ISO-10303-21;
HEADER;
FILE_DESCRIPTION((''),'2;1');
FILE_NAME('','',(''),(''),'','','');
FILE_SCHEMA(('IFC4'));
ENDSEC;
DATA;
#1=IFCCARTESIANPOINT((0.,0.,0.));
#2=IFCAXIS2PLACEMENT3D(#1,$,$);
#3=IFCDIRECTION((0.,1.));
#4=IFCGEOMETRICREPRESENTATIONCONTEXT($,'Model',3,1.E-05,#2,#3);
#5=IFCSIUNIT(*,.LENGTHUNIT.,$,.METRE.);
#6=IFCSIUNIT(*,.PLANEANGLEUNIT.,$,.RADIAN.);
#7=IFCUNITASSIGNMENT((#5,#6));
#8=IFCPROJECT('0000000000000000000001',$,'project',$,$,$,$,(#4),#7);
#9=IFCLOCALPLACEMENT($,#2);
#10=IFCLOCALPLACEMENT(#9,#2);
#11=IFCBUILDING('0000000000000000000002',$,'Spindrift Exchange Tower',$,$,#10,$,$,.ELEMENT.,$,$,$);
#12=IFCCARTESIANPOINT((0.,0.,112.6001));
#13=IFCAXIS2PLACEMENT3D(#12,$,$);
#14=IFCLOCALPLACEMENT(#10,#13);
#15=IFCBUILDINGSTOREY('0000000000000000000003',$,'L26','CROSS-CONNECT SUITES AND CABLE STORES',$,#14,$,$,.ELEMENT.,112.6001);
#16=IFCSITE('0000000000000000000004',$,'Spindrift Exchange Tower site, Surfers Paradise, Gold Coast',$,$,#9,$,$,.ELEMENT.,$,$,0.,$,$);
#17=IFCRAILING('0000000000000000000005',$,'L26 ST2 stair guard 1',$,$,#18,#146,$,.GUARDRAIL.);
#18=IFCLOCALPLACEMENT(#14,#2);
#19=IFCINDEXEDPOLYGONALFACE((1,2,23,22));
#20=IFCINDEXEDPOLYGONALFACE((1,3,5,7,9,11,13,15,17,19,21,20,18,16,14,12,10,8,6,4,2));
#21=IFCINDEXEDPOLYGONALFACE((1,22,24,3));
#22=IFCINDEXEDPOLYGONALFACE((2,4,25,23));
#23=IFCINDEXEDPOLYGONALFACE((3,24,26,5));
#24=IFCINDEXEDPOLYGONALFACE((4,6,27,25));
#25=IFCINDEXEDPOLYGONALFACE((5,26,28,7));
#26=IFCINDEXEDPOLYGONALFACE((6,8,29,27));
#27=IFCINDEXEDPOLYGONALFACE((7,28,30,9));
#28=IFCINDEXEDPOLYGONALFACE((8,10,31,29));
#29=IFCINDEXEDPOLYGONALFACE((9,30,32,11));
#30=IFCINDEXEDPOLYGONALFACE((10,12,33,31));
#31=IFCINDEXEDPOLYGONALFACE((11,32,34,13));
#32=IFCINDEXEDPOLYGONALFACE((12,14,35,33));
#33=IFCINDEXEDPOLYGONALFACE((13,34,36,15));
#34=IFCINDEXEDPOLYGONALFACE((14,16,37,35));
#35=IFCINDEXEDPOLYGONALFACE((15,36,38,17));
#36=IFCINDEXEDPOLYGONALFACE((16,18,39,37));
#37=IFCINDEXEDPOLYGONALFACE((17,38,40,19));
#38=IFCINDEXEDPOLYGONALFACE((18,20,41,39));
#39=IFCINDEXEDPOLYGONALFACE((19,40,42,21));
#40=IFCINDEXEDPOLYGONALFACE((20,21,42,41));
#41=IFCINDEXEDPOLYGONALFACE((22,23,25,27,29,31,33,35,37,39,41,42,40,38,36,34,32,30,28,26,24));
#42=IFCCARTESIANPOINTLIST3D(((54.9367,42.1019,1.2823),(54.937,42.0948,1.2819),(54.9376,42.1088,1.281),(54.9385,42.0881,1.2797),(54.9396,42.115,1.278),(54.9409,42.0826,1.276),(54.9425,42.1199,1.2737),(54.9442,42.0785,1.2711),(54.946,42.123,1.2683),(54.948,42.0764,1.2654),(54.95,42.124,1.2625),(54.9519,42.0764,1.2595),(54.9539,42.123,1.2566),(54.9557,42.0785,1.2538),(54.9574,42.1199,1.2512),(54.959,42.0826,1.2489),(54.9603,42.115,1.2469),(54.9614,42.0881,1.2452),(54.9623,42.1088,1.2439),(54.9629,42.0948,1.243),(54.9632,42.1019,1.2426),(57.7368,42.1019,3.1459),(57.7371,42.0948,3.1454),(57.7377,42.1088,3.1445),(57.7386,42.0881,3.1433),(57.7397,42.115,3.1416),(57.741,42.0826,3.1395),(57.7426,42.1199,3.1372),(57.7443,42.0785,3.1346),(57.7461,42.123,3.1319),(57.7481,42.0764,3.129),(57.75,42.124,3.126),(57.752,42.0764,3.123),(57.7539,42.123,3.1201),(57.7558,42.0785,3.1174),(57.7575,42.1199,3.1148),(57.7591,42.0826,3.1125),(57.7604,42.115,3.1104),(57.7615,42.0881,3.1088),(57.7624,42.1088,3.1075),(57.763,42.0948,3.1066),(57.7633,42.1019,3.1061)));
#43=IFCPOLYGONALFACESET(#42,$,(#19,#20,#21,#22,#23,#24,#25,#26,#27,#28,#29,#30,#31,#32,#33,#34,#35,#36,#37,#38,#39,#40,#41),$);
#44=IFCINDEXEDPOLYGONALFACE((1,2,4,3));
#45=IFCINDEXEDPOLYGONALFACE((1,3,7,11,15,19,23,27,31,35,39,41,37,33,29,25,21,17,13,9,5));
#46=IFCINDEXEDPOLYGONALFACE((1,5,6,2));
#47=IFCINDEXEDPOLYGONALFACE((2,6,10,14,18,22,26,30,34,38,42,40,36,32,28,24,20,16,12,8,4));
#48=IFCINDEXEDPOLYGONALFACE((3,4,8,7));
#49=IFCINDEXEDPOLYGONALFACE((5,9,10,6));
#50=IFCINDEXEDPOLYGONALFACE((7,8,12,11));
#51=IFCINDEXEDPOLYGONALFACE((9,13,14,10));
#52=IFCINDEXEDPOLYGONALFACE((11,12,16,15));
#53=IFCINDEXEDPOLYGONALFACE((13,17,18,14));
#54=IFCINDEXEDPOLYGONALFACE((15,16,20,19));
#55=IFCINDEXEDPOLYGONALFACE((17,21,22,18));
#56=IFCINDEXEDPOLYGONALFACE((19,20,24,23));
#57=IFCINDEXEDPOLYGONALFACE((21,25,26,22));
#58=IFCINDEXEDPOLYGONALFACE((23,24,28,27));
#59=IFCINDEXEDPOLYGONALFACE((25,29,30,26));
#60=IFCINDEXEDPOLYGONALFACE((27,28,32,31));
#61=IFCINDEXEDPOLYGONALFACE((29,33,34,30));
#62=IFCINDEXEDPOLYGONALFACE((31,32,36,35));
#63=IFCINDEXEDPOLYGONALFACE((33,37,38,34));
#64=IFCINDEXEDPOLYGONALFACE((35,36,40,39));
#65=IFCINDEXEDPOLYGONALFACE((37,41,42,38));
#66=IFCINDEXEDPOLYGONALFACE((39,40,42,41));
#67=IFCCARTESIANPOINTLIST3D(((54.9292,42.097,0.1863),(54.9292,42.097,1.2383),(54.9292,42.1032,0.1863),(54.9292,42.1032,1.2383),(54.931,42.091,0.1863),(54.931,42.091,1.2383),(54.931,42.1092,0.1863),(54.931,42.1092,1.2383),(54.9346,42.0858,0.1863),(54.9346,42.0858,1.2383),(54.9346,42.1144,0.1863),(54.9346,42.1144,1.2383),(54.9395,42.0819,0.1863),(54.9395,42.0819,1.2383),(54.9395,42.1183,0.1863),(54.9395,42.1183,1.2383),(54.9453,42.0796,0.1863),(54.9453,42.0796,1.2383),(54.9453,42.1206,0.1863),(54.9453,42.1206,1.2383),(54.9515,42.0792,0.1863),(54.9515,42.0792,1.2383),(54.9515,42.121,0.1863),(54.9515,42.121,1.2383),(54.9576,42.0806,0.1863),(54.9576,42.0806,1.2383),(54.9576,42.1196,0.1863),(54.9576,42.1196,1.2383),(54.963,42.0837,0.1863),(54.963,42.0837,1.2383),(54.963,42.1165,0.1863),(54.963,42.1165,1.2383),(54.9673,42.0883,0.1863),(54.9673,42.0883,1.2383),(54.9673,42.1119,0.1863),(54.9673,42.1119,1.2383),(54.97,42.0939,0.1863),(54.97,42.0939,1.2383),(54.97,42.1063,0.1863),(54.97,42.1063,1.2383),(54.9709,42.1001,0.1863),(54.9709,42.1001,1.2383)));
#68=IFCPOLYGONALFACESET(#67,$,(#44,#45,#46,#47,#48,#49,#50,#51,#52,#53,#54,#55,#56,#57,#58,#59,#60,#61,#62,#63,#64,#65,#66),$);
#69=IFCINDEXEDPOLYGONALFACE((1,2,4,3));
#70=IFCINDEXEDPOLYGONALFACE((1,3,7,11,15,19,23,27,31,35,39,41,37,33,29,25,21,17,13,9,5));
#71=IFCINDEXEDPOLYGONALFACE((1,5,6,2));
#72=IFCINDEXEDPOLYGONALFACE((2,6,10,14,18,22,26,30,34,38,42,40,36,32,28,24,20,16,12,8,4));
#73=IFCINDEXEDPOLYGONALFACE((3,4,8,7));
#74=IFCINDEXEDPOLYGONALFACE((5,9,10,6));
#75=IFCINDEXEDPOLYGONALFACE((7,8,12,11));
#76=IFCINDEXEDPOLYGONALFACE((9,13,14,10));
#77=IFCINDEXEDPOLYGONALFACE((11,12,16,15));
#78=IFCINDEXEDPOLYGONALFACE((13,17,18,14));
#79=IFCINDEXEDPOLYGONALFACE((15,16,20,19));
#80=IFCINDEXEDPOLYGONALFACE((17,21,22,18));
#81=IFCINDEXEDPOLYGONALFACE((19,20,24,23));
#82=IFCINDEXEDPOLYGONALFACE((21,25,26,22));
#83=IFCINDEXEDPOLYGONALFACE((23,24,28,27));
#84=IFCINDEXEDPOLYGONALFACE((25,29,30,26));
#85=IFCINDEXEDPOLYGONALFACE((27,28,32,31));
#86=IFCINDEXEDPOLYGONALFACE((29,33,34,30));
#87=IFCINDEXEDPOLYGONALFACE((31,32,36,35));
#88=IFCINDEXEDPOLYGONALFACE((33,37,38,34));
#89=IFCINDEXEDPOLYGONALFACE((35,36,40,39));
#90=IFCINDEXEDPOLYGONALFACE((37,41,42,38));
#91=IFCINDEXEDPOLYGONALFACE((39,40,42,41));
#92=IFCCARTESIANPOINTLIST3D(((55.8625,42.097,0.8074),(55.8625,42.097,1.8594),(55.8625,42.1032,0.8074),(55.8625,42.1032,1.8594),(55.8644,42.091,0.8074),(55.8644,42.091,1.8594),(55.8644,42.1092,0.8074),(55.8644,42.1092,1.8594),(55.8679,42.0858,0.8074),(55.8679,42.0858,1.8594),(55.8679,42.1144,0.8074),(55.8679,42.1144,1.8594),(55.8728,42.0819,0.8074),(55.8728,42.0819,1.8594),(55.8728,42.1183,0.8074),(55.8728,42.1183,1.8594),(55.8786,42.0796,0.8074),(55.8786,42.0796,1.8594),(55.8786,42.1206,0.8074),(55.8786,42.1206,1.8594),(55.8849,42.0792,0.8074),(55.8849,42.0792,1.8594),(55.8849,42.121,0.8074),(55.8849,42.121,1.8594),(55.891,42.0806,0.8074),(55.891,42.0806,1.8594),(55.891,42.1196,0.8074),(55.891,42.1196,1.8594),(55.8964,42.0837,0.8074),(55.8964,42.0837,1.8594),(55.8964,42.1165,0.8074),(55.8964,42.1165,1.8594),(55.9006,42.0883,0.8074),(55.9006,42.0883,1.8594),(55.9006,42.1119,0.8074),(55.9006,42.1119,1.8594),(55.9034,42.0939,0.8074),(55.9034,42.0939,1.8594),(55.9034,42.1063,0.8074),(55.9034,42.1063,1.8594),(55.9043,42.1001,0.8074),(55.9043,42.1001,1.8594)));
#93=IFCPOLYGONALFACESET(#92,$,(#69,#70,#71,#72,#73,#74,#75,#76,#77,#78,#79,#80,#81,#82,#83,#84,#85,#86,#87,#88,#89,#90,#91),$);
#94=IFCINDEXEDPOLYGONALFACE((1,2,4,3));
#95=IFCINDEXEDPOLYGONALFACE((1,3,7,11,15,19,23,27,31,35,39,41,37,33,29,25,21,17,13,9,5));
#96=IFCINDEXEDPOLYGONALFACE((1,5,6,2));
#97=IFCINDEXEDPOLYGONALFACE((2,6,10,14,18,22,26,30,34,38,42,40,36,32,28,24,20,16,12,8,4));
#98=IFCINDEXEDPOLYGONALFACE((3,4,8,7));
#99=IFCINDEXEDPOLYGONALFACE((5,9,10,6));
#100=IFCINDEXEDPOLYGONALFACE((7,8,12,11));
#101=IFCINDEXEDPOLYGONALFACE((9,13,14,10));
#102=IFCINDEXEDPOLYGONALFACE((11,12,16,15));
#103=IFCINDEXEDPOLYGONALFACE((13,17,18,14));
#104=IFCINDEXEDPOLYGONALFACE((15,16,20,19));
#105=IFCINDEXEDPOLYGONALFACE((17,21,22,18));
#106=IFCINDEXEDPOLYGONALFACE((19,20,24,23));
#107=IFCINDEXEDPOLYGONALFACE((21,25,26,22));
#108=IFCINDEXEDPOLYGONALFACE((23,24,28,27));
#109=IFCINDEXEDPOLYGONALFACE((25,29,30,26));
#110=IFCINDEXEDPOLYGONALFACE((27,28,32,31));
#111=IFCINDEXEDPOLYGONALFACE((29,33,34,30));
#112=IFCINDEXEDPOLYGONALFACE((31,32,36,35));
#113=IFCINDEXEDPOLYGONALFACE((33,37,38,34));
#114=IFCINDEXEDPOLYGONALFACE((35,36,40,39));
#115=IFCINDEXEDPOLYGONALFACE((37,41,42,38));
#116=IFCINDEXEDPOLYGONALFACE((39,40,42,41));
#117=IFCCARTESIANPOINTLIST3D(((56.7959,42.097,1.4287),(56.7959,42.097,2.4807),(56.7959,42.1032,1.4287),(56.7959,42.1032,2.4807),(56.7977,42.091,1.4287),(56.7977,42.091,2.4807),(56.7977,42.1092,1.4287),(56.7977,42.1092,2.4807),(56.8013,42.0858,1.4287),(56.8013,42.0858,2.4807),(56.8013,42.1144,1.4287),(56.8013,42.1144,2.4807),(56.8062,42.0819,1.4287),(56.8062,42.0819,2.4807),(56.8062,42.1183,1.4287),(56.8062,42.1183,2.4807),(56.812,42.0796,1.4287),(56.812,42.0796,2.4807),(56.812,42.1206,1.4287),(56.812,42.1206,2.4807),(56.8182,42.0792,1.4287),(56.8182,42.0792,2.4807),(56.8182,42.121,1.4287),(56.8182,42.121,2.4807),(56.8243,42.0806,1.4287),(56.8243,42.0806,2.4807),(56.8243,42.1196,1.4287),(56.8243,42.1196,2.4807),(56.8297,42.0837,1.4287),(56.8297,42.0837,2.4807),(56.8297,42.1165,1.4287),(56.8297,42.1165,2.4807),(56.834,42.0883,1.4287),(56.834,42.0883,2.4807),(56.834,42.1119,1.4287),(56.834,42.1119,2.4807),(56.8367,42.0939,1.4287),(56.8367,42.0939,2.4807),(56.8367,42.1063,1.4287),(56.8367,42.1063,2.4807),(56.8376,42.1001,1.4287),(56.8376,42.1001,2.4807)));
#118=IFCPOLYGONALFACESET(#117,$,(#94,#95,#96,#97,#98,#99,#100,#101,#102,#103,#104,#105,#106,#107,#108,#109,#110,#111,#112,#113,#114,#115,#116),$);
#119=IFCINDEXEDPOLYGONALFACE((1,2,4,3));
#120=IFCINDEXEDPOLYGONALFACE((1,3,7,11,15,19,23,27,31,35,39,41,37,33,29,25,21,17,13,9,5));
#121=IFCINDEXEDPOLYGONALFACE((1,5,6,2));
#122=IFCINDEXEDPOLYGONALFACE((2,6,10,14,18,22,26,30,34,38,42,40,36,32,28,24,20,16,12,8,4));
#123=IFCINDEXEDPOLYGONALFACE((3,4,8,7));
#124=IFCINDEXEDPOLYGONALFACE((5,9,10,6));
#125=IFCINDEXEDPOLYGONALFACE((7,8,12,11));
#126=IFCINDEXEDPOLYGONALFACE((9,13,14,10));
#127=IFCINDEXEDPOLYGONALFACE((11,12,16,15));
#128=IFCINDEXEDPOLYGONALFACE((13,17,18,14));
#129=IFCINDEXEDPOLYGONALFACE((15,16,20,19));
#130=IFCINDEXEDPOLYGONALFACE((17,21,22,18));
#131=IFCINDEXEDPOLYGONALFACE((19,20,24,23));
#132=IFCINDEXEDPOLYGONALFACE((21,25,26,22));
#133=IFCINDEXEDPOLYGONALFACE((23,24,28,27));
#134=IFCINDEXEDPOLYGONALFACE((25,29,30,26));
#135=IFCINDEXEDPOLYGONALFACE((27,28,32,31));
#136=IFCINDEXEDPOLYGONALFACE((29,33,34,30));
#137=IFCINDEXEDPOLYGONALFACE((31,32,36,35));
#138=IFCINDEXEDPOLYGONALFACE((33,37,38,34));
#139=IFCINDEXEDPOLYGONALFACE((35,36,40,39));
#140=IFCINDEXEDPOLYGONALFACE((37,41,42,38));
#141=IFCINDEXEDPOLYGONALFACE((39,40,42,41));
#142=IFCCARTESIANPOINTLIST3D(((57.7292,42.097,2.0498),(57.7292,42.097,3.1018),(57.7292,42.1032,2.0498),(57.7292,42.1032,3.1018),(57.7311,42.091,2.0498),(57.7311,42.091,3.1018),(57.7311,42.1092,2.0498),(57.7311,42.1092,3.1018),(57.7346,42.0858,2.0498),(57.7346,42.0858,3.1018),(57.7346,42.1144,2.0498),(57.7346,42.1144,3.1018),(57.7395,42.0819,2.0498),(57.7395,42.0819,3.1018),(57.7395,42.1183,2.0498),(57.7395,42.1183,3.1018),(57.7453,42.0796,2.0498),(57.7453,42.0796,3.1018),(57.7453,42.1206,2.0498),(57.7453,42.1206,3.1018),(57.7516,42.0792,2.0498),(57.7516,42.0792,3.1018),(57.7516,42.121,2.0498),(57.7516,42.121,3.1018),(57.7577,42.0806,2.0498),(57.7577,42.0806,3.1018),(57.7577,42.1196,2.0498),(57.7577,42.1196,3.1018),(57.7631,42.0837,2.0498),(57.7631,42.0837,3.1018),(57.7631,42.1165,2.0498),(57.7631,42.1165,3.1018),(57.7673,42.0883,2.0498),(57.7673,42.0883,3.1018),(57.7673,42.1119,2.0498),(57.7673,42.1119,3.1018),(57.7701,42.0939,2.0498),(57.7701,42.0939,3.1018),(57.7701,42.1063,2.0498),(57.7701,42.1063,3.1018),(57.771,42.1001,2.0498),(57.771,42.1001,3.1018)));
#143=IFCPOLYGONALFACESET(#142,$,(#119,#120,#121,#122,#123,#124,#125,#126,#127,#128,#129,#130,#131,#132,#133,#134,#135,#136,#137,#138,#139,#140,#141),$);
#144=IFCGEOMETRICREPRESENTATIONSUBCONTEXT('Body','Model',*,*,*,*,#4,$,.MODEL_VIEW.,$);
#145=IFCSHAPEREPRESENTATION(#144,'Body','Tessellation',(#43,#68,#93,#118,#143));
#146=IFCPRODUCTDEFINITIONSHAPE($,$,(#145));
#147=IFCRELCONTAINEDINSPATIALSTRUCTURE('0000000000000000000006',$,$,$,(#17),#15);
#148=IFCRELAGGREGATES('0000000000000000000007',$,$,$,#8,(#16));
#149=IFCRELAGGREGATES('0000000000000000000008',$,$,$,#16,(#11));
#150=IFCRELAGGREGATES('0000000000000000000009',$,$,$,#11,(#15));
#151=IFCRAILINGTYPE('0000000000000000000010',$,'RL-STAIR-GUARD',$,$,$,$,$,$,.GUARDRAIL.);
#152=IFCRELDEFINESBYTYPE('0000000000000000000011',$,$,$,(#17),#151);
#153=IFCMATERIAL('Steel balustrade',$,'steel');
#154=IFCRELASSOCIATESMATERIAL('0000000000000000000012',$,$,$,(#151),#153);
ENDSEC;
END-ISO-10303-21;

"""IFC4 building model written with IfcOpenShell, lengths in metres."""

from ifc_helpers import new_model, si_unit, direction, frame, origin, origin_2d, place, context, subcontext, project, spatial, circle, extrude, material, type_object, element, save


model = new_model("IFC4")

# Units and contexts
model_context = context("Model", 3, precision=1e-05, world=origin(), true_north=direction((0.0, 1.0)))
body_context = subcontext(model_context, "Body", "Model", "MODEL_VIEW")
ifc_project = project(units=[si_unit("LENGTHUNIT", "METRE"), si_unit("PLANEANGLEUNIT", "RADIAN")], contexts=[model_context])

# Site, building, storey
site_placement = place(None, origin())
site = spatial("IfcSite", under=ifc_project, at=site_placement, Name="Spindrift Exchange Tower site, Surfers Paradise, Gold Coast", CompositionType="ELEMENT", RefElevation=0.0)
building_placement = place(site_placement, origin())
building = spatial("IfcBuilding", under=site, at=building_placement, Name="Spindrift Exchange Tower", CompositionType="ELEMENT")
storey_placement = place(building_placement, frame((0.0, 0.0, 112.6001)))
storey = spatial("IfcBuildingStorey", under=building, at=storey_placement, Name="L26", Description="CROSS-CONNECT SUITES AND CABLE STORES", CompositionType="ELEMENT", Elevation=112.6001)

# Railing
ifc_material_1 = material(Name="Steel balustrade", Category="steel")
railing_type_1 = type_object("IfcRailingType", Name="RL-STAIR-GUARD", PredefinedType="GUARDRAIL", material=ifc_material_1)
railing_1_placement = place(storey_placement, frame((54.95, 42.1001, 0.1863)))
element("IfcRailing", 1, at=railing_1_placement, inside=storey, type_object=railing_type_1, Name="L26 ST2 stair guard 1", PredefinedType="GUARDRAIL", context=body_context, shape_type="SweptSolid", body=[
    extrude(circle(Radius=0.0239, at=origin_2d()), frame((0.0, 0.0, 1.0762), z_axis=(0.832486, 0.0, 0.554047), x_axis=(0.0, 1.0, 0.0)), (0.0, 0.0, 1.0), 3.3635),
    extrude(circle(Radius=0.021, at=origin_2d()), origin(), (0.0, 0.0, 1.0), 1.052),
    extrude(circle(Radius=0.021, at=origin_2d()), frame((0.9333, 0.0, 0.6211)), (0.0, 0.0, 1.0), 1.052),
    extrude(circle(Radius=0.021, at=origin_2d()), frame((1.8667, 0.0, 1.2424)), (0.0, 0.0, 1.0), 1.052),
    extrude(circle(Radius=0.021, at=origin_2d()), frame((2.8, 0.0, 1.8635)), (0.0, 0.0, 1.0), 1.052),
])

save(model, "model.ifc")
